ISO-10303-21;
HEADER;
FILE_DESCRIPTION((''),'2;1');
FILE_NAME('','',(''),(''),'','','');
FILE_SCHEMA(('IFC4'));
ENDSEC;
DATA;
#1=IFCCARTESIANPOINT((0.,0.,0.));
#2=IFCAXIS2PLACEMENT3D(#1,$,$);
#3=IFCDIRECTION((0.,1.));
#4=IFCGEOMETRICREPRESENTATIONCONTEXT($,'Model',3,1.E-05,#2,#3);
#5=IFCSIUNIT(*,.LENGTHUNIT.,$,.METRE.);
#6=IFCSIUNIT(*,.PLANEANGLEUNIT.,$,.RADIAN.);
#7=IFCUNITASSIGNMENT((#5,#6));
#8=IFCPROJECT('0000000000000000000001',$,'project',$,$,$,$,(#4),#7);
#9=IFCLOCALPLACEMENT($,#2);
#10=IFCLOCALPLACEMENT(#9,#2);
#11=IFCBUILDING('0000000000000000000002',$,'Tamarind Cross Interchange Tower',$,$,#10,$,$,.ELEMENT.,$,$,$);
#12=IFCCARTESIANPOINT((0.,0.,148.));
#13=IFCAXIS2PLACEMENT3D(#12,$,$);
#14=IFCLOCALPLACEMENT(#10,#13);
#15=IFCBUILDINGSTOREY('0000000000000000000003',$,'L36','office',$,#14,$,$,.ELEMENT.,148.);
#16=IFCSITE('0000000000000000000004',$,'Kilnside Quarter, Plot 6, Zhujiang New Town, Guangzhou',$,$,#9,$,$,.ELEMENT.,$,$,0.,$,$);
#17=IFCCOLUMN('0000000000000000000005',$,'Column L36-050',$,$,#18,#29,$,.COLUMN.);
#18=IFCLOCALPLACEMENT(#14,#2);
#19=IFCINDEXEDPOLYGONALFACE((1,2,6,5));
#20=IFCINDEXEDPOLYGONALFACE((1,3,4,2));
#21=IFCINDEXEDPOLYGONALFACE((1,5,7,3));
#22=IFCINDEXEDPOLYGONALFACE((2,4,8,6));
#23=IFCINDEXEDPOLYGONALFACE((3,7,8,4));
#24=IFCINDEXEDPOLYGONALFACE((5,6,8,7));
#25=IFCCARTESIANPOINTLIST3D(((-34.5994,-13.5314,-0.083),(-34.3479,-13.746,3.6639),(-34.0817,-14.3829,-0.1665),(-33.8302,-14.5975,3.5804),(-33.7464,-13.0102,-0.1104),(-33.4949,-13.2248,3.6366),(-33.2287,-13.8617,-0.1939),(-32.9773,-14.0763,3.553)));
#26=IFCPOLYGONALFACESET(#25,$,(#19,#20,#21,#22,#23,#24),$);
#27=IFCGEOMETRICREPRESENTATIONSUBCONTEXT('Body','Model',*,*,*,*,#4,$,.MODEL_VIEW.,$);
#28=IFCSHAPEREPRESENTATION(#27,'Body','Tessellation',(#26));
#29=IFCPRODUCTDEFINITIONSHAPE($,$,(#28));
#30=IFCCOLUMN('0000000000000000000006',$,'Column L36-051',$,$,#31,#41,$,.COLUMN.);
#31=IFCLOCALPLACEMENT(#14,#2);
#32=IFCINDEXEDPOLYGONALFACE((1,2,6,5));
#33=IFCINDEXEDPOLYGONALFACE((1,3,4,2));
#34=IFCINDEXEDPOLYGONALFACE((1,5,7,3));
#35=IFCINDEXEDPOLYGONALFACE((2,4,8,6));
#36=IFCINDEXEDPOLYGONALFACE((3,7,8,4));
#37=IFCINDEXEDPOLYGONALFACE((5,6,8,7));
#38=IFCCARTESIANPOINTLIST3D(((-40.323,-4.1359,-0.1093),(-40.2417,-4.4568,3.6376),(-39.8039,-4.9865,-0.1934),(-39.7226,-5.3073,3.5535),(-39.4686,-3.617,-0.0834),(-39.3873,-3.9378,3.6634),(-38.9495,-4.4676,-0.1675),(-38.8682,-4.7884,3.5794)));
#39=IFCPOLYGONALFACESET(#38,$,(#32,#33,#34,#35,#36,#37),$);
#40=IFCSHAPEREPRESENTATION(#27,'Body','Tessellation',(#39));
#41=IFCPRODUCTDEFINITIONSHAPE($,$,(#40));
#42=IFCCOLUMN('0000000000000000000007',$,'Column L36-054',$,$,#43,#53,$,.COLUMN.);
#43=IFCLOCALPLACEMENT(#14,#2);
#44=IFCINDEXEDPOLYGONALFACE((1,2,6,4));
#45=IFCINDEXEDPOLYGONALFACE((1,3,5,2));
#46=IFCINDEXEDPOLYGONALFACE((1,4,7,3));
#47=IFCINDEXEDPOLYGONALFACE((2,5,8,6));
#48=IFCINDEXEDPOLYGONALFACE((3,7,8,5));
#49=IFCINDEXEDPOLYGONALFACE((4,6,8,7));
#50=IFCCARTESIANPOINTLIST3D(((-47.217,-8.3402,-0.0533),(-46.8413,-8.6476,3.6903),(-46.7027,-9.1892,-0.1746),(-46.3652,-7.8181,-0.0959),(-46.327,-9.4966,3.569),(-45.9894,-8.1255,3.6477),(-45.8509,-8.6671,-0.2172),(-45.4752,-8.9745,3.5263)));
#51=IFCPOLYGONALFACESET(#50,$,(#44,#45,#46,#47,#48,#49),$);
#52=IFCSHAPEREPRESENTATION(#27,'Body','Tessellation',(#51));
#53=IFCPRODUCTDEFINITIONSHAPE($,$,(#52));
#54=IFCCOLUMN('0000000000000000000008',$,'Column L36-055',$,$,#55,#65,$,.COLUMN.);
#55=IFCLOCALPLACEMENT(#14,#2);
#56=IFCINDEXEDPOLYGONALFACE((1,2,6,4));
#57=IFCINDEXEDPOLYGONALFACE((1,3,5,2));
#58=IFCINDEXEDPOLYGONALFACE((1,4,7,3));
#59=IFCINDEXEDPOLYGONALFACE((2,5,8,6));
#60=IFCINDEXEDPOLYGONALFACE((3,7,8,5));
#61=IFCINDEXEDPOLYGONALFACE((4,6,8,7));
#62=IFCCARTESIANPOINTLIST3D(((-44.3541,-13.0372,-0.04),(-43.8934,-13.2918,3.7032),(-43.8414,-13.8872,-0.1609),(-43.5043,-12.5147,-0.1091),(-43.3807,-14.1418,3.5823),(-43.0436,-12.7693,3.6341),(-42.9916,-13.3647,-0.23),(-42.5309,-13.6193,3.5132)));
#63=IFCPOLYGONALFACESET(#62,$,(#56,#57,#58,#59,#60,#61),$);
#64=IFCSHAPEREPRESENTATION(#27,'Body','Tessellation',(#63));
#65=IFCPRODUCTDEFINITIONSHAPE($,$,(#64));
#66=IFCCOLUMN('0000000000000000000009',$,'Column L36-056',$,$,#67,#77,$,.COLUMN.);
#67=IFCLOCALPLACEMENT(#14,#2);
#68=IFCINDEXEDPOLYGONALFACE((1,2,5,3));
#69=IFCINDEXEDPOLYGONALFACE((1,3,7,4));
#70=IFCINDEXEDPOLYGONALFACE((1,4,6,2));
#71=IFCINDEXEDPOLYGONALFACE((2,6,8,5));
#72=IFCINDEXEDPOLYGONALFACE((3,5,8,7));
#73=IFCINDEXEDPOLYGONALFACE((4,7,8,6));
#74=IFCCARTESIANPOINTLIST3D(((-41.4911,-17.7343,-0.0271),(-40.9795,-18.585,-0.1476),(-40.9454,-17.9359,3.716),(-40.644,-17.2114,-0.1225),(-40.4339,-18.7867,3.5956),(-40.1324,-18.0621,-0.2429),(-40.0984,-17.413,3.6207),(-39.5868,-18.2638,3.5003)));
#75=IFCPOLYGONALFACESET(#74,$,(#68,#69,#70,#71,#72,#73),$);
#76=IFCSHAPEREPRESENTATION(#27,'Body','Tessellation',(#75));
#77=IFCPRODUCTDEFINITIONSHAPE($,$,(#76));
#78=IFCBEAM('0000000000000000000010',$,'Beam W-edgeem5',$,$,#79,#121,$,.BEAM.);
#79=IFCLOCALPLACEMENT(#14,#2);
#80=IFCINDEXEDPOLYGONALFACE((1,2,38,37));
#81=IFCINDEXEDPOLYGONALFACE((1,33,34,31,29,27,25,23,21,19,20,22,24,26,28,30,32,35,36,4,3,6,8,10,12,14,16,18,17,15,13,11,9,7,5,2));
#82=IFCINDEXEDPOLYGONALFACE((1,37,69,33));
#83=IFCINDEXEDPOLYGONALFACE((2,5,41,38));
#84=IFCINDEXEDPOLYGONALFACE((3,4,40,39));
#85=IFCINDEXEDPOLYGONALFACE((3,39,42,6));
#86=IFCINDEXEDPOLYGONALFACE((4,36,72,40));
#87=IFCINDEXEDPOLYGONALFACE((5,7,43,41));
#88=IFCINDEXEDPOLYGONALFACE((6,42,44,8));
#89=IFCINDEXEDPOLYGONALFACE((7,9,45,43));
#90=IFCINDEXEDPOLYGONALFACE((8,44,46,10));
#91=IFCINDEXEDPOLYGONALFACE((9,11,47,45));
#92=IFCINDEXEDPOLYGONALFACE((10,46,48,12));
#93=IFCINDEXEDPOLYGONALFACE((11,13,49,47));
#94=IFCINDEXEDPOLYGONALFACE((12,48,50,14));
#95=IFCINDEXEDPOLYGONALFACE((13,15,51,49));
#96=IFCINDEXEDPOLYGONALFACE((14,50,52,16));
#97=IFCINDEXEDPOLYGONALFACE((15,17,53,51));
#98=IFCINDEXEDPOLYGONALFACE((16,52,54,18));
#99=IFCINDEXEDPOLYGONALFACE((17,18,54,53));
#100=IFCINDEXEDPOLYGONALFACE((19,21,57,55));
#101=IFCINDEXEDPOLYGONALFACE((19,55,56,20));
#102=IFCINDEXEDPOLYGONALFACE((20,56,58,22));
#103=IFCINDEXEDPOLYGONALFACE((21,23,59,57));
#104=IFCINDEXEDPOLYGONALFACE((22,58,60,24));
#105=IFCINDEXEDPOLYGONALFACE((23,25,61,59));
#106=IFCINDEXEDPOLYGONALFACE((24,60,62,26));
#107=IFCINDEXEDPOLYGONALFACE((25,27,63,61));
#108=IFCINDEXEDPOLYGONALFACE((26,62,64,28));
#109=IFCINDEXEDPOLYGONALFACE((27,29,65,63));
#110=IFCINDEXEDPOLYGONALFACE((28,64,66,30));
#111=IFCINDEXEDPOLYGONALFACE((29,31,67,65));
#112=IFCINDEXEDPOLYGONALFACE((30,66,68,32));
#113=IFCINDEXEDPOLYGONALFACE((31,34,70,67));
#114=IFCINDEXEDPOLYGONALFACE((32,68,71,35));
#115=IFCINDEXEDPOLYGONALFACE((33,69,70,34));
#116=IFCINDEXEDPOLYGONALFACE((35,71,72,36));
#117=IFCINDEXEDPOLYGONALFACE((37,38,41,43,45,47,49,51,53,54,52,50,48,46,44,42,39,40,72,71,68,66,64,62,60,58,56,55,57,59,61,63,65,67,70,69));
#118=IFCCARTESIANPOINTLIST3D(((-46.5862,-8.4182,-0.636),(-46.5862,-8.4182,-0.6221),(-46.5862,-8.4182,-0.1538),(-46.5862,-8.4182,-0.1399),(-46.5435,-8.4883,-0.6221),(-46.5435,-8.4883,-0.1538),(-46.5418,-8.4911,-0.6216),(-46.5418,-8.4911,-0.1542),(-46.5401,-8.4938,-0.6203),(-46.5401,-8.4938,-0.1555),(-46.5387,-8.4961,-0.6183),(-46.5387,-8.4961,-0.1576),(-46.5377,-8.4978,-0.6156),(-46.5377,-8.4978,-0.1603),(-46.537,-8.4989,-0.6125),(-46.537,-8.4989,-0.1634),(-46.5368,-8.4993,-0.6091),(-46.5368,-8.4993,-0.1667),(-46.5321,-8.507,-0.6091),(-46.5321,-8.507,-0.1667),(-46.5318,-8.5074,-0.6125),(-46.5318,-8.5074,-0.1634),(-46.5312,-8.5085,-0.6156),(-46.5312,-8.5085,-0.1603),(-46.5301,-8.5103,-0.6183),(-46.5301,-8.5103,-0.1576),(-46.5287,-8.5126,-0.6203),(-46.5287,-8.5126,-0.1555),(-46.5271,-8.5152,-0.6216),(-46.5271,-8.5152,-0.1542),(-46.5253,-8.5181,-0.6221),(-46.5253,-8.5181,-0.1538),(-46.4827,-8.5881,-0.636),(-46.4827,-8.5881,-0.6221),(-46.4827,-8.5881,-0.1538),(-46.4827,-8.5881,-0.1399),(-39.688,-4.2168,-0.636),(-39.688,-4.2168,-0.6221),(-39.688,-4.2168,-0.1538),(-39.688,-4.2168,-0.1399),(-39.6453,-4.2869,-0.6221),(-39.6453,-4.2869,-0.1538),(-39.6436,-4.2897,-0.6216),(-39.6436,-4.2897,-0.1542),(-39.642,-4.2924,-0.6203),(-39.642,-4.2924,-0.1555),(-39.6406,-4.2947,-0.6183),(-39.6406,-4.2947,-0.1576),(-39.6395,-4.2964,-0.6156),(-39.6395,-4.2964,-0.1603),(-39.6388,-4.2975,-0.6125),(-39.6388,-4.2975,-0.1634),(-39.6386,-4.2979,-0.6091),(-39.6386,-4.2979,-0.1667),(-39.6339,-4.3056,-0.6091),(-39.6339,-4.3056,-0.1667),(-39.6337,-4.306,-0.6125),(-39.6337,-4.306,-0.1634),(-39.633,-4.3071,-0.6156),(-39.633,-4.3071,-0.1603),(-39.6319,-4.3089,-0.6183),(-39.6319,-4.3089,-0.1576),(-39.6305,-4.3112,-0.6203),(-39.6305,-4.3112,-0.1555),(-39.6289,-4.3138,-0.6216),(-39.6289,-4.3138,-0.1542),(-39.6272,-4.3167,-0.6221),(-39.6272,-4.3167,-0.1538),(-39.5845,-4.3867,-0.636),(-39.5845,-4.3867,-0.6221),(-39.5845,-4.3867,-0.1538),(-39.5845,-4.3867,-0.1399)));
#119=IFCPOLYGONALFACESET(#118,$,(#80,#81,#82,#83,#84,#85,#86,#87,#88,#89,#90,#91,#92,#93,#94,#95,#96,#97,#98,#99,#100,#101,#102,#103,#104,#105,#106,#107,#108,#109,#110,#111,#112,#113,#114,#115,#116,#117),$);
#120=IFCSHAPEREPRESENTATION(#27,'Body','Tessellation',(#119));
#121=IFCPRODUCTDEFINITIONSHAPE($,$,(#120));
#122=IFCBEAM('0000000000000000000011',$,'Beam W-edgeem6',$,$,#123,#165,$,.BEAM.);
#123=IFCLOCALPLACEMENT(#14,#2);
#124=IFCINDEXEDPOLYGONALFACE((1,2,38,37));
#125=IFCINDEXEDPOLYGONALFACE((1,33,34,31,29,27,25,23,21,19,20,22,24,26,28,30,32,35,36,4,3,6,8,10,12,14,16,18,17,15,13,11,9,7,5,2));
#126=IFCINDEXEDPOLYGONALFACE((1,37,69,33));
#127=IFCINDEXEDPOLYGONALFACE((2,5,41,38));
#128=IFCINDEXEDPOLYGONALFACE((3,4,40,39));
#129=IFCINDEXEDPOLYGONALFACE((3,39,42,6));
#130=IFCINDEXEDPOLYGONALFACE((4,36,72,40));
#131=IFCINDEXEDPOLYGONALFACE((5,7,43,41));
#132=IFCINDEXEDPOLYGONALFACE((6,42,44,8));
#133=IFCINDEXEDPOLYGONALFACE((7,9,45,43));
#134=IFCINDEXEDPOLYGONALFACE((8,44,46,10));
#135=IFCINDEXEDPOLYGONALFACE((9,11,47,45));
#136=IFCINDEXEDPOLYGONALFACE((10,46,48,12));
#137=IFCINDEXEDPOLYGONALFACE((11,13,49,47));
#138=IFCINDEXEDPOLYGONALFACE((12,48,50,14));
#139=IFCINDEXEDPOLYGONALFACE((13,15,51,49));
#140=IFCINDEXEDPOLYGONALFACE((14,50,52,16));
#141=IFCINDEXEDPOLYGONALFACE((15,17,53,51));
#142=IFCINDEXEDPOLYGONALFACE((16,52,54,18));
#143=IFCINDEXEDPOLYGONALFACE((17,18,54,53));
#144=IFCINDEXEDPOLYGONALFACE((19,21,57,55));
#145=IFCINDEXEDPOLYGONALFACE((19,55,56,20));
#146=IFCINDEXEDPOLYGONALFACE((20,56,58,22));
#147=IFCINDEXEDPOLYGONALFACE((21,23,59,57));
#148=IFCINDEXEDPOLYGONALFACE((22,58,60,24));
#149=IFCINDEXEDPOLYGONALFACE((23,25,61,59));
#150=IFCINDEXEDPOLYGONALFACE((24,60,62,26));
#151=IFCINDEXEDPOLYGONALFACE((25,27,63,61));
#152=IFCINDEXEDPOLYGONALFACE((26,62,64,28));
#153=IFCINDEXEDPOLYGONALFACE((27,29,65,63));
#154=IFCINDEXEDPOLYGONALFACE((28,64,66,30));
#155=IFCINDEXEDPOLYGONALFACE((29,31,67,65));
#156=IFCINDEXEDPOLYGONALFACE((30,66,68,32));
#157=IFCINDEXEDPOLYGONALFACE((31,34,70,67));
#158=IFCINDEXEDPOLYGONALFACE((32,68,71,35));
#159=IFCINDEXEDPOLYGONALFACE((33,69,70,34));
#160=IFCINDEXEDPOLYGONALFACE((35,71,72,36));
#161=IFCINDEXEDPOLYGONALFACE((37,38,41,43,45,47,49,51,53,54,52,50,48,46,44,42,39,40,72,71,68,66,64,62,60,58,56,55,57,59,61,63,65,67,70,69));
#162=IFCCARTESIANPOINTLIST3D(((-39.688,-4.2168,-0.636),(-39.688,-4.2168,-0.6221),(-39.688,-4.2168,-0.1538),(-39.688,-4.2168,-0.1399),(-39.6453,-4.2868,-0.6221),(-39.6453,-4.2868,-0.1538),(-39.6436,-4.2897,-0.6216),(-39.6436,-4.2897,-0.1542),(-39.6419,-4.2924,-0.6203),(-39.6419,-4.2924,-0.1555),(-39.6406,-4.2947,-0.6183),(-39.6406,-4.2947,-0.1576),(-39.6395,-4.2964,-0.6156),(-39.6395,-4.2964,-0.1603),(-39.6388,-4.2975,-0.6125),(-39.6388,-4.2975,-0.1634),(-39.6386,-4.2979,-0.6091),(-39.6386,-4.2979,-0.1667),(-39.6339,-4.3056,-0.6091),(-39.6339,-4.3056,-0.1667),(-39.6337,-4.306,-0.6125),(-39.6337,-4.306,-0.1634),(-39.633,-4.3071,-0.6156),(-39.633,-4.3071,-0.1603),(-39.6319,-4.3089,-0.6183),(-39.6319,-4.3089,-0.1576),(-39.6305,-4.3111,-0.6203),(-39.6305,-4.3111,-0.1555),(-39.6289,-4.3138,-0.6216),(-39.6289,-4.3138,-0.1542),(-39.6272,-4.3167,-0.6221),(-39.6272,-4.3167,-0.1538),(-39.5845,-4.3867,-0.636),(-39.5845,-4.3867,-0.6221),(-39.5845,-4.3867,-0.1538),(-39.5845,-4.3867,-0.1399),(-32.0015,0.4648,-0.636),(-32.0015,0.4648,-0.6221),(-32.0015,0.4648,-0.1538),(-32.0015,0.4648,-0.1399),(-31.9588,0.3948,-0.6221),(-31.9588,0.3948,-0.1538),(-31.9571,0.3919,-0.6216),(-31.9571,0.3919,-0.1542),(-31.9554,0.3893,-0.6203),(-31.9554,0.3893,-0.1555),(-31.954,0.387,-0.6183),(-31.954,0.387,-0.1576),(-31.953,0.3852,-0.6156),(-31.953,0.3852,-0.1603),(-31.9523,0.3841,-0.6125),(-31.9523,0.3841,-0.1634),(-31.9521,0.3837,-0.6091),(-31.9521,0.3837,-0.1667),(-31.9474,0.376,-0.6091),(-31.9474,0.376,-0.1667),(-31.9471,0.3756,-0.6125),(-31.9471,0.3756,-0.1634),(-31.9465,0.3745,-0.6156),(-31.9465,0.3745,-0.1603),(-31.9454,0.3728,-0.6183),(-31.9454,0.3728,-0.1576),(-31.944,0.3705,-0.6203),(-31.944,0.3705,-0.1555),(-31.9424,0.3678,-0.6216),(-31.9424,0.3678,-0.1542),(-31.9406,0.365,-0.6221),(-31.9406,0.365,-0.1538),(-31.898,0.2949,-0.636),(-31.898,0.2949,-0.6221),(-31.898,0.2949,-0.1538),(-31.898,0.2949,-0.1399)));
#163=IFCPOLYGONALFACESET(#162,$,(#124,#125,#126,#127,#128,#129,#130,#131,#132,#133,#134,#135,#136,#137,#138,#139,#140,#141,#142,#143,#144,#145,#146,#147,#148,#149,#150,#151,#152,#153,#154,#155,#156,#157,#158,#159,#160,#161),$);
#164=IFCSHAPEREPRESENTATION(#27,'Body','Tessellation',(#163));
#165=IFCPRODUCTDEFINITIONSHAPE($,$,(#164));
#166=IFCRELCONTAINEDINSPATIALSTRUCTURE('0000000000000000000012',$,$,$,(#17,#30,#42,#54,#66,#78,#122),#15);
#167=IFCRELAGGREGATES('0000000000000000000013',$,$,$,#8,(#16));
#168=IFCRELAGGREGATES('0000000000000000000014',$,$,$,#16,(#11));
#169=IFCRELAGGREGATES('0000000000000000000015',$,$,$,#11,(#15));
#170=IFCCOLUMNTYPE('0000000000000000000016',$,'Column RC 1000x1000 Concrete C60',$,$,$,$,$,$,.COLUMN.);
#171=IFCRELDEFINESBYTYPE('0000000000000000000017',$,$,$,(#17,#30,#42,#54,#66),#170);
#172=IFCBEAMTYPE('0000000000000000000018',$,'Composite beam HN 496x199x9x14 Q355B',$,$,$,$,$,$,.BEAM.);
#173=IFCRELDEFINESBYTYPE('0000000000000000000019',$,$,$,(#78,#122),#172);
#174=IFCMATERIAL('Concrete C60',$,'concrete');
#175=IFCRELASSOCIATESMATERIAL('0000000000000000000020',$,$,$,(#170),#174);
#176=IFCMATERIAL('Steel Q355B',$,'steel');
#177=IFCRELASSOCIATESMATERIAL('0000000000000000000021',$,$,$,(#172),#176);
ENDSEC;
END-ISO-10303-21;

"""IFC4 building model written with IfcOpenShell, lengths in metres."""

from ifc_helpers import new_model, si_unit, direction, frame, origin, origin_2d, place, context, subcontext, project, spatial, rectangle, i_section, extrude, material, material_profile, profile_set, type_object, element, save


model = new_model("IFC4")

# Units and contexts
model_context = context("Model", 3, precision=1e-05, world=origin(), true_north=direction((0.0, 1.0)))
body_context = subcontext(model_context, "Body", "Model", "MODEL_VIEW")
ifc_project = project(units=[si_unit("LENGTHUNIT", "METRE"), si_unit("PLANEANGLEUNIT", "RADIAN")], contexts=[model_context])

# Site, building, storey
site_placement = place(None, origin())
site = spatial("IfcSite", under=ifc_project, at=site_placement, Name="Kilnside Quarter, Plot 6, Zhujiang New Town, Guangzhou", CompositionType="ELEMENT", RefElevation=0.0)
building_placement = place(site_placement, origin())
building = spatial("IfcBuilding", under=site, at=building_placement, Name="Tamarind Cross Interchange Tower", CompositionType="ELEMENT")
storey_placement = place(building_placement, frame((0.0, 0.0, 148.0)))
storey = spatial("IfcBuildingStorey", under=building, at=storey_placement, Name="L36", Description="office", CompositionType="ELEMENT", Elevation=148.0)

# Columns
ifc_material_1 = material(Name="Concrete C60", Category="concrete")
ifc_material_profile_1 = material_profile(ifc_material_1, rectangle(XDim=1.0, YDim=1.0, at=origin_2d()), Name="RC 1000x1000")
ifc_profile_set_1 = profile_set([ifc_material_profile_1], Name="Concrete C60")
column_type = type_object("IfcColumnType", Name="Column RC 1000x1000 Concrete C60", PredefinedType="COLUMN", material=ifc_profile_set_1)
for number, where, z_axis, x_axis, name in (
    (1, (-33.9141, -13.6965, -0.1384), (0.066854, -0.057053, 0.99613), (-0.517673, 0.851493, 0.083512), "Column L36-050"),
    (2, (-39.6362, -4.3018, -0.1384), (0.021614, -0.085287, 0.996122), (0.854423, 0.518932, 0.025891), "Column L36-051"),
):
    element("IfcColumn", number, at=place(storey_placement, frame(where, z_axis=z_axis, x_axis=x_axis)), inside=storey, type_object=column_type, Name=name, PredefinedType="COLUMN", context=body_context, shape_type="SweptSolid", body=[
        extrude(rectangle(XDim=1.0, YDim=1.0, at=origin_2d()), origin(), (0.0, 0.0, 1.0), 3.7615),
    ])
column_1_placement = place(storey_placement, frame((-46.5339, -8.5037, -0.1353), z_axis=(0.099532, -0.081423, 0.991697), x_axis=(-0.514277, 0.848999, 0.121323)))
element("IfcColumn", 3, at=column_1_placement, inside=storey, type_object=column_type, Name="Column L36-054", PredefinedType="COLUMN", context=body_context, shape_type="SweptSolid", body=[
    extrude(rectangle(XDim=1.0, YDim=1.0, at=origin_2d()), origin(), (0.0, 0.0, 1.0), 3.7749),
])
column_2_placement = place(storey_placement, frame((-43.6729, -13.2009, -0.135), z_axis=(0.121877, -0.067365, 0.990257), x_axis=(-0.512744, 0.849982, 0.120929)))
element("IfcColumn", 4, at=column_2_placement, inside=storey, type_object=column_type, Name="Column L36-055", PredefinedType="COLUMN", context=body_context, shape_type="SweptSolid", body=[
    extrude(rectangle(XDim=1.0, YDim=1.0, at=origin_2d()), origin(), (0.0, 0.0, 1.0), 3.78),
])
column_3_placement = place(storey_placement, frame((-40.8118, -17.8982, -0.135), z_axis=(0.144044, -0.053235, 0.988138), x_axis=(-0.511595, 0.850748, 0.12041)))
element("IfcColumn", 5, at=column_3_placement, inside=storey, type_object=column_type, Name="Column L36-056", PredefinedType="COLUMN", context=body_context, shape_type="SweptSolid", body=[
    extrude(rectangle(XDim=1.0, YDim=1.0, at=origin_2d()), origin(), (0.0, 0.0, 1.0), 3.7881),
])

# Beams
ifc_material_2 = material(Name="Steel Q355B", Category="steel")
ifc_material_profile_2 = material_profile(ifc_material_2, i_section(OverallWidth=0.199, OverallDepth=0.4961, WebThickness=0.009, FlangeThickness=0.0139, FilletRadius=0.0129, at=origin_2d()), Name="HN 496x199x9x14")
ifc_profile_set_2 = profile_set([ifc_material_profile_2], Name="Steel Q355B")
beam_type_1 = type_object("IfcBeamType", Name="Composite beam HN 496x199x9x14 Q355B", PredefinedType="BEAM", material=ifc_profile_set_2)
beam_1_placement = place(storey_placement, frame((-46.5344, -8.5032, -0.3879), z_axis=(0.85406, 0.520174, 0.0), x_axis=(-0.520174, 0.85406, 0.0)))
element("IfcBeam", 6, at=beam_1_placement, inside=storey, type_object=beam_type_1, Name="Beam W-edgeem5", PredefinedType="BEAM", context=body_context, shape_type="SweptSolid", body=[
    extrude(i_section(OverallWidth=0.199, OverallDepth=0.4961, WebThickness=0.009, FlangeThickness=0.0139, FilletRadius=0.0129, at=origin_2d()), origin(), (0.0, 0.0, 1.0), 8.0769),
])
beam_2_placement = place(storey_placement, frame((-39.6362, -4.3018, -0.3879), z_axis=(0.854056, 0.520181, 0.0), x_axis=(-0.520181, 0.854056, 0.0)))
element("IfcBeam", 7, at=beam_2_placement, inside=storey, type_object=beam_type_1, Name="Beam W-edgeem6", PredefinedType="BEAM", context=body_context, shape_type="SweptSolid", body=[
    extrude(i_section(OverallWidth=0.199, OverallDepth=0.4961, WebThickness=0.009, FlangeThickness=0.0139, FilletRadius=0.0129, at=origin_2d()), origin(), (0.0, 0.0, 1.0), 9.0),
])

save(model, "model.ifc")
